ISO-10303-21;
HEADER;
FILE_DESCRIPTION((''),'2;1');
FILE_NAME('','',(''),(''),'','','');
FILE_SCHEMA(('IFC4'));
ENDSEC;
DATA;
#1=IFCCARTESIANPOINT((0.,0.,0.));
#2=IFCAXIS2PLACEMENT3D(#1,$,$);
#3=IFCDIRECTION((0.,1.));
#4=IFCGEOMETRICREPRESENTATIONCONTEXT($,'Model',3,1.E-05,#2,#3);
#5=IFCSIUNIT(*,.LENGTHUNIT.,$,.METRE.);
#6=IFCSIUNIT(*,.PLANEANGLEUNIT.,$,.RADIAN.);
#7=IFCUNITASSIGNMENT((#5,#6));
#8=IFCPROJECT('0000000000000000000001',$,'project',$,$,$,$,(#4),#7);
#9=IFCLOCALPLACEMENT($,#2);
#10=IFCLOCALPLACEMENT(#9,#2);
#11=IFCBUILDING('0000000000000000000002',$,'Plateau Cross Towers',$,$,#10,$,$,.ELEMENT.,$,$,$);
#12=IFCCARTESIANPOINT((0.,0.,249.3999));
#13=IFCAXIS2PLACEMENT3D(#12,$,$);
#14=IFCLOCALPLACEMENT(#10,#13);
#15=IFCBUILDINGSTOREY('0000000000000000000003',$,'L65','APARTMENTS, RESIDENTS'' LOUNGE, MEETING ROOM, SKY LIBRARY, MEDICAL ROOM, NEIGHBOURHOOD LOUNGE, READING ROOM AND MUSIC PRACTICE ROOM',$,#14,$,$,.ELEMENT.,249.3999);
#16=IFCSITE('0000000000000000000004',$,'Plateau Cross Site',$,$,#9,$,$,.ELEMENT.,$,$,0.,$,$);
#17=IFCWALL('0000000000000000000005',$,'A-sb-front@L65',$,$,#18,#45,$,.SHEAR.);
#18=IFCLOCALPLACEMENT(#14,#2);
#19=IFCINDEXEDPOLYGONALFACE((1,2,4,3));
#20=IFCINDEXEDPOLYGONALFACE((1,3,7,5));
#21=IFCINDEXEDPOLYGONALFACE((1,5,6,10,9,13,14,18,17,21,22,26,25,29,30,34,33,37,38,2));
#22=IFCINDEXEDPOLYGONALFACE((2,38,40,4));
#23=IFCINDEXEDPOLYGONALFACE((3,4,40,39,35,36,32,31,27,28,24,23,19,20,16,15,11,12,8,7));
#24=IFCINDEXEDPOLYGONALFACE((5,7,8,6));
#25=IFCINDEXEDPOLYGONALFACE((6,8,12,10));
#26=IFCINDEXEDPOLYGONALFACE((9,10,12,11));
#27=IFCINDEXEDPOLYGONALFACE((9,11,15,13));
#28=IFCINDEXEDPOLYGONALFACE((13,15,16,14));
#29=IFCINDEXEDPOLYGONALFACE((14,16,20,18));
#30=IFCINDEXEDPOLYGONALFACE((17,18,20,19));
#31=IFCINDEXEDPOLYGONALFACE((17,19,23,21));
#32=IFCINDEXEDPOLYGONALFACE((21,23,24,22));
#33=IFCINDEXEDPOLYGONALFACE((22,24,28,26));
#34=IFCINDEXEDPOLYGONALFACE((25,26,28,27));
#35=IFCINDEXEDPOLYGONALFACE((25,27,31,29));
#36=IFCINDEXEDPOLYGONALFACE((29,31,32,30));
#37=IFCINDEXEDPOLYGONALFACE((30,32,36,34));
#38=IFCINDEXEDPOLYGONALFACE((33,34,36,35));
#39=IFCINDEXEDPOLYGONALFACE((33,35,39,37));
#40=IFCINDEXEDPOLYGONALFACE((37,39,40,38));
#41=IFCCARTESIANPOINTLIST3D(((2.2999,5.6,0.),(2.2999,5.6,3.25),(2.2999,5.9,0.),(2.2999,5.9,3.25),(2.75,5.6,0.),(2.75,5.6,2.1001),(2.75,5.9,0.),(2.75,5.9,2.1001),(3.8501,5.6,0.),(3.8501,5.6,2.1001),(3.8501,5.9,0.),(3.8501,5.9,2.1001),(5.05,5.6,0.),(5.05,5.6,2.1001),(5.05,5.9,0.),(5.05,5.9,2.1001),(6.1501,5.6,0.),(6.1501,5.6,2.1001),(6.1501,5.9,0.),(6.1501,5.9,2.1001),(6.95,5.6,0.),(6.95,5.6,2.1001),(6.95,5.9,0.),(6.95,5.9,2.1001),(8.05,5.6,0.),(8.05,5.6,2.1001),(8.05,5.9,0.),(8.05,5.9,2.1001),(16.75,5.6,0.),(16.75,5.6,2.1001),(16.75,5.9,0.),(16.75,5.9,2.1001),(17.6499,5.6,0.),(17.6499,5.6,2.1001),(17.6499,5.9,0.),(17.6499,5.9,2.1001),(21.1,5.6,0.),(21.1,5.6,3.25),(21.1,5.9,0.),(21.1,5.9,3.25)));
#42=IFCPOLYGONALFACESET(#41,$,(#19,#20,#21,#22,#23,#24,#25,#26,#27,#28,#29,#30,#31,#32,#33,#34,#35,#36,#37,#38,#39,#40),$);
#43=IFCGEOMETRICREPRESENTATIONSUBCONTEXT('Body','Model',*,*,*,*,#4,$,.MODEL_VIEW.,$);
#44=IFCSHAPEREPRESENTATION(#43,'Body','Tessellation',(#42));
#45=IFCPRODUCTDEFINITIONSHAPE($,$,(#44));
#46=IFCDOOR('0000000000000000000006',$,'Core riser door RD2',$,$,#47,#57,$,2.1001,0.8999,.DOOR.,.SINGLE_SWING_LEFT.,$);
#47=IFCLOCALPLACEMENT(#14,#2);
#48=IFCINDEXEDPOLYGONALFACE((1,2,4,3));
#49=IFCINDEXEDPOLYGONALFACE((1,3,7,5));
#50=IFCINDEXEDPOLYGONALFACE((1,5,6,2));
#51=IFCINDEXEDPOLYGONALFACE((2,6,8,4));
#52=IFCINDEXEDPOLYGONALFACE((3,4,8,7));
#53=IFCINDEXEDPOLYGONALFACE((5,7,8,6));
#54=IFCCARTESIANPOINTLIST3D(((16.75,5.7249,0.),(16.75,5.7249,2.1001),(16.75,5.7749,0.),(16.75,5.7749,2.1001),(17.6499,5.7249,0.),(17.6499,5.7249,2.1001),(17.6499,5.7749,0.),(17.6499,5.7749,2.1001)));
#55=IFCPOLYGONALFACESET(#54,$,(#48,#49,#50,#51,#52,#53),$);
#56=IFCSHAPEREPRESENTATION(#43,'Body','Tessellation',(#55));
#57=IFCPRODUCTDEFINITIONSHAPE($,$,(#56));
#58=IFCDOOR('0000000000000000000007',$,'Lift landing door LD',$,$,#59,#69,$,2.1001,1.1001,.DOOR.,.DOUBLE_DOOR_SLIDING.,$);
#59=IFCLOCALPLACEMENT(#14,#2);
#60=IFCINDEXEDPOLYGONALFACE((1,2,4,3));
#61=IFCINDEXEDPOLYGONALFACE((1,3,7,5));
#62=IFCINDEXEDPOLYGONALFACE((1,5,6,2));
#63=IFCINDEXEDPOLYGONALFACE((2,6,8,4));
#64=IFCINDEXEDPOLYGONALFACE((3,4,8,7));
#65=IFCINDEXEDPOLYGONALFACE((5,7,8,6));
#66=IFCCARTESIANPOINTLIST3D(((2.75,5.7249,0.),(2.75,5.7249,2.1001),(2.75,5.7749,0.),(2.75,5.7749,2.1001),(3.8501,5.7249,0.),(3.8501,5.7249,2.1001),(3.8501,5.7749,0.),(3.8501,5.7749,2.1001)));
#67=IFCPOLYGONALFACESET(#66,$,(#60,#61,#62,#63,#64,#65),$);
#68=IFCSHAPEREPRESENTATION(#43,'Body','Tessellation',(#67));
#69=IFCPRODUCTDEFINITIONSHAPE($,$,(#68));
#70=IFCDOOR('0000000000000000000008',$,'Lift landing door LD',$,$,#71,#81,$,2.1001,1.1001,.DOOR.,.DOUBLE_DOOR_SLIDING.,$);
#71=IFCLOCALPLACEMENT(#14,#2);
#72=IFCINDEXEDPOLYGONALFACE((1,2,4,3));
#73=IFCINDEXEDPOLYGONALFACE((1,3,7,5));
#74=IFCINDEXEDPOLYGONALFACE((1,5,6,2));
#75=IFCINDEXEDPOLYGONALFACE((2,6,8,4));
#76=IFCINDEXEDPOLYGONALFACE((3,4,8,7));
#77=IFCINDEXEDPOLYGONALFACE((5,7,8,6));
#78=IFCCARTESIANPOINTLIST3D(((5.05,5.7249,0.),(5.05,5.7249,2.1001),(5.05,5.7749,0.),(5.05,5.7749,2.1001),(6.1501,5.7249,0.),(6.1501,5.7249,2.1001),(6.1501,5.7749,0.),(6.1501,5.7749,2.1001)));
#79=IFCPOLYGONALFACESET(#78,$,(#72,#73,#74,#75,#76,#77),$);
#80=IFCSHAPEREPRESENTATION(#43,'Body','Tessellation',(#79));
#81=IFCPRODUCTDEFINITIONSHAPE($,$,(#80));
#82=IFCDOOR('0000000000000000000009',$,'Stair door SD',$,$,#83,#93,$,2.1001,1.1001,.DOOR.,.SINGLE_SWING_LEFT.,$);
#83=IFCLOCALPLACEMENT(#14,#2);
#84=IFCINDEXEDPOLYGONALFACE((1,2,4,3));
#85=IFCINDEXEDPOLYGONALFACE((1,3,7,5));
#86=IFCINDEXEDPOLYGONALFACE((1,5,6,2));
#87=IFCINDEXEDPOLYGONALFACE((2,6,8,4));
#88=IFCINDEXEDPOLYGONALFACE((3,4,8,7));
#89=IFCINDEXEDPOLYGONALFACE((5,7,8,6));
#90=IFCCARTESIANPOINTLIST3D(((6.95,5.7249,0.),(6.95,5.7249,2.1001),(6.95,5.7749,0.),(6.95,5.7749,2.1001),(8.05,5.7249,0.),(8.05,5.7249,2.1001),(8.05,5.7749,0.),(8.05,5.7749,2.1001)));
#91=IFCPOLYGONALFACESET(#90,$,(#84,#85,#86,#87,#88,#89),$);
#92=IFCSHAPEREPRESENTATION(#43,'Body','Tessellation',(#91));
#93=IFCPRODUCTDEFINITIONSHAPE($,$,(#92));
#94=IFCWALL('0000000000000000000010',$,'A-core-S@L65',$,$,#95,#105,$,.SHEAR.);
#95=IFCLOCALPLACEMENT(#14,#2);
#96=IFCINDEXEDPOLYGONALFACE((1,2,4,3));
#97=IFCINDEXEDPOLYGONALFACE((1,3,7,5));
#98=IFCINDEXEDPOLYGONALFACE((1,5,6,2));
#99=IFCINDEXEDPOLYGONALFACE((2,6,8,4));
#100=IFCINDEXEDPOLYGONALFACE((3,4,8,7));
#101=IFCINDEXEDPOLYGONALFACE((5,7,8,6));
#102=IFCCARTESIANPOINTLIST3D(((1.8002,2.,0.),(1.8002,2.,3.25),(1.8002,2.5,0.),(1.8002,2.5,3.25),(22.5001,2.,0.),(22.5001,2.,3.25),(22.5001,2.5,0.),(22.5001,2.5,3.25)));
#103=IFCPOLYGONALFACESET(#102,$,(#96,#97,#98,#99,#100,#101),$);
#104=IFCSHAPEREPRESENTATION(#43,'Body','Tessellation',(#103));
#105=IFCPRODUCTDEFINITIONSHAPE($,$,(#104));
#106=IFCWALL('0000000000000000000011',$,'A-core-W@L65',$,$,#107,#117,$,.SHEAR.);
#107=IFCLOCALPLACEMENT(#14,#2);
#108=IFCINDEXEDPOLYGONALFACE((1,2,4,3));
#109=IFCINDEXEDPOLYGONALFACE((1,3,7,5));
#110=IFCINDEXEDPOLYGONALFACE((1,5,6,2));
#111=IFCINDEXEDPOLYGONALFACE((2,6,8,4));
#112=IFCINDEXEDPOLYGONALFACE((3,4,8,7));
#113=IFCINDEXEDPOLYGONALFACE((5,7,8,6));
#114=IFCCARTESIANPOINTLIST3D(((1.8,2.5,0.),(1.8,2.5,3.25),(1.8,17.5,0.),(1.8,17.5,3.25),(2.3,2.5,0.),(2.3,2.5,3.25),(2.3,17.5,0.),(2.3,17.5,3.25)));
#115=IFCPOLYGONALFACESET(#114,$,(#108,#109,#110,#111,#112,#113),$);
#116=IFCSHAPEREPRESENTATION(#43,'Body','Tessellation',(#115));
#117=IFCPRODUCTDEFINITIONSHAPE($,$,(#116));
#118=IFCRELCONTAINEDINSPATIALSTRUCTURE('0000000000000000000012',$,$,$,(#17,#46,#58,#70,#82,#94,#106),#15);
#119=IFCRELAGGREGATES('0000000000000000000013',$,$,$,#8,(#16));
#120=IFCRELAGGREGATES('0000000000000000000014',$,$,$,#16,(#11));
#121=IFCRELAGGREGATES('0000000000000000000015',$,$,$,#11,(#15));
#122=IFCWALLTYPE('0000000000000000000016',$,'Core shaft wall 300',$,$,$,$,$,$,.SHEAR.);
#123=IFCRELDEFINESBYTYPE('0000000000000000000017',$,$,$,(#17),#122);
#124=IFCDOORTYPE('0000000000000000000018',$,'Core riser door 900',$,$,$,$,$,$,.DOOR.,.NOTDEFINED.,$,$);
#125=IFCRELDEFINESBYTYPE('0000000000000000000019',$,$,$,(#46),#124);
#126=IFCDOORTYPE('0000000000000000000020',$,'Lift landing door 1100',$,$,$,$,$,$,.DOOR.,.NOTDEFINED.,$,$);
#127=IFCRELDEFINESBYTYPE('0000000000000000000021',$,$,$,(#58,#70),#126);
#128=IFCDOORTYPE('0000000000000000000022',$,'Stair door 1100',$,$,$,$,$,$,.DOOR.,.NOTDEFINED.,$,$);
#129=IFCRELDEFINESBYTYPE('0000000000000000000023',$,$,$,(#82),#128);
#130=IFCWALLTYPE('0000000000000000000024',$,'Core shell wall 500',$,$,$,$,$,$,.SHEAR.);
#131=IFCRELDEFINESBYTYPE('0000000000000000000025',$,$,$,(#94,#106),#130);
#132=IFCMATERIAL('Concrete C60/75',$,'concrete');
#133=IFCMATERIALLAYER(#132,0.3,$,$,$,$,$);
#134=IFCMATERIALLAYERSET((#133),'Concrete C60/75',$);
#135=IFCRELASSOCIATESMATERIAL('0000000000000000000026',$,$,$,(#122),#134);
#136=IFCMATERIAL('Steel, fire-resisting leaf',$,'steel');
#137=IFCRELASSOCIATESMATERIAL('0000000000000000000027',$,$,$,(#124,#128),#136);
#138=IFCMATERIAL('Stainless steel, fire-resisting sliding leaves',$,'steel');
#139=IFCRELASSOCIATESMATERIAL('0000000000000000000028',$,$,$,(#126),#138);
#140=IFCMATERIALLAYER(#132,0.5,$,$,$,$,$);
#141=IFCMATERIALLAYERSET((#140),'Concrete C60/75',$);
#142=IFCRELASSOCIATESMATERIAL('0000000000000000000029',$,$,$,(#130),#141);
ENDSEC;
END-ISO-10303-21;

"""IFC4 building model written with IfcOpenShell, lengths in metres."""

from ifc_helpers import new_model, si_unit, direction, frame, frame_2d, origin, place, context, subcontext, project, spatial, rectangle, extrude, material, layer, layer_set, type_object, element, fill, save


model = new_model("IFC4")

# Units and contexts
model_context = context("Model", 3, precision=1e-05, world=origin(), true_north=direction((0.0, 1.0)))
body_context = subcontext(model_context, "Body", "Model", "MODEL_VIEW")
ifc_project = project(units=[si_unit("LENGTHUNIT", "METRE"), si_unit("PLANEANGLEUNIT", "RADIAN")], contexts=[model_context])

# Site, building, storey
site_placement = place(None, origin())
site = spatial("IfcSite", under=ifc_project, at=site_placement, Name="Plateau Cross Site", CompositionType="ELEMENT", RefElevation=0.0)
building_placement = place(site_placement, origin())
building = spatial("IfcBuilding", under=site, at=building_placement, Name="Plateau Cross Towers", CompositionType="ELEMENT")
storey_placement = place(building_placement, frame((0.0, 0.0, 249.3999)))
storey = spatial("IfcBuildingStorey", under=building, at=storey_placement, Name="L65", Description="APARTMENTS, RESIDENTS' LOUNGE, MEETING ROOM, SKY LIBRARY, MEDICAL ROOM, NEIGHBOURHOOD LOUNGE, READING ROOM AND MUSIC PRACTICE ROOM", CompositionType="ELEMENT", Elevation=249.3999)

# Shared definitions
ifc_material_1 = material(Name="Concrete C60/75", Category="concrete")

# Shared definitions
ifc_layer_1 = layer(ifc_material_1, 0.3)
ifc_layer_set_1 = layer_set([ifc_layer_1], Name="Concrete C60/75")
wall_type_1 = type_object("IfcWallType", Name="Core shaft wall 300", PredefinedType="SHEAR", material=ifc_layer_set_1)

# Wall, openings, doors
wall_1_placement = place(storey_placement, frame((2.3, 5.75, 0.0), z_axis=(0.0, 0.0, 1.0), x_axis=(1.0, 0.0, 0.0)))
wall_1 = element("IfcWall", 1, at=wall_1_placement, inside=storey, type_object=wall_type_1, Name="A-sb-front@L65", PredefinedType="SHEAR", context=body_context, shape_type="SweptSolid", body=[
    extrude(rectangle(XDim=18.8, YDim=0.3, at=frame_2d((9.3999, 0.0))), origin(), (0.0, 0.0, 1.0), 3.25),
])
opening_1_placement = place(wall_1_placement, frame((4.6499, 0.0, 0.0)))
opening_1 = element("IfcOpeningElement", 2, at=opening_1_placement, cuts=wall_1, PredefinedType="OPENING", context=body_context, shape_type="SweptSolid", body=[
    extrude(rectangle(XDim=1.1001, YDim=2.1001, at=frame_2d((0.55, 1.05))), frame((0.0, 0.1599, 0.0), z_axis=(0.0, -1.0, 0.0), x_axis=(1.0, 0.0, 0.0)), (0.0, 0.0, 1.0), 0.3201),
])
opening_2_placement = place(wall_1_placement, frame((0.45, 0.0, 0.0)))
opening_2 = element("IfcOpeningElement", 3, at=opening_2_placement, cuts=wall_1, PredefinedType="OPENING", context=body_context, shape_type="SweptSolid", body=[
    extrude(rectangle(XDim=1.1001, YDim=2.1001, at=frame_2d((0.55, 1.05))), frame((0.0, 0.1599, 0.0), z_axis=(0.0, -1.0, 0.0), x_axis=(1.0, 0.0, 0.0)), (0.0, 0.0, 1.0), 0.3201),
])
opening_3_placement = place(wall_1_placement, frame((2.75, 0.0, 0.0)))
opening_3 = element("IfcOpeningElement", 4, at=opening_3_placement, cuts=wall_1, PredefinedType="OPENING", context=body_context, shape_type="SweptSolid", body=[
    extrude(rectangle(XDim=1.1001, YDim=2.1001, at=frame_2d((0.55, 1.05))), frame((0.0, 0.1599, 0.0), z_axis=(0.0, -1.0, 0.0), x_axis=(1.0, 0.0, 0.0)), (0.0, 0.0, 1.0), 0.3201),
])
opening_4_placement = place(wall_1_placement, frame((14.45, 0.0, 0.0)))
opening_4 = element("IfcOpeningElement", 5, at=opening_4_placement, cuts=wall_1, PredefinedType="OPENING", context=body_context, shape_type="SweptSolid", body=[
    extrude(rectangle(XDim=0.8999, YDim=2.1001, at=frame_2d((0.45, 1.05))), frame((0.0, 0.1599, 0.0), z_axis=(0.0, -1.0, 0.0), x_axis=(1.0, 0.0, 0.0)), (0.0, 0.0, 1.0), 0.3201),
])
ifc_material_2 = material(Name="Steel, fire-resisting leaf", Category="steel")
door_type_1 = type_object("IfcDoorType", Name="Core riser door 900", OperationType="NOTDEFINED", PredefinedType="DOOR", material=ifc_material_2)
door_1_placement = place(opening_4_placement, origin())
door_1 = element("IfcDoor", 6, at=door_1_placement, inside=storey, type_object=door_type_1, Name="Core riser door RD2", OperationType="SINGLE_SWING_LEFT", OverallHeight=2.1001, OverallWidth=0.8999, PredefinedType="DOOR", context=body_context, shape_type="SweptSolid", body=[
    extrude(rectangle(XDim=0.8999, YDim=2.1001, at=frame_2d((0.45, 1.05))), frame((0.0, 0.0249, 0.0), z_axis=(0.0, -1.0, 0.0), x_axis=(1.0, 0.0, 0.0)), (0.0, 0.0, 1.0), 0.05),
])
fill(opening_4, door_1)
ifc_material_3 = material(Name="Stainless steel, fire-resisting sliding leaves", Category="steel")
door_type_2 = type_object("IfcDoorType", Name="Lift landing door 1100", OperationType="NOTDEFINED", PredefinedType="DOOR", material=ifc_material_3)
door_2_placement = place(opening_2_placement, origin())
door_2 = element("IfcDoor", 7, at=door_2_placement, inside=storey, type_object=door_type_2, Name="Lift landing door LD", OperationType="DOUBLE_DOOR_SLIDING", OverallHeight=2.1001, OverallWidth=1.1001, PredefinedType="DOOR", context=body_context, shape_type="SweptSolid", body=[
    extrude(rectangle(XDim=1.1001, YDim=2.1001, at=frame_2d((0.55, 1.05))), frame((0.0, 0.0249, 0.0), z_axis=(0.0, -1.0, 0.0), x_axis=(1.0, 0.0, 0.0)), (0.0, 0.0, 1.0), 0.05),
])
fill(opening_2, door_2)
door_3_placement = place(opening_3_placement, origin())
door_3 = element("IfcDoor", 8, at=door_3_placement, inside=storey, type_object=door_type_2, Name="Lift landing door LD", OperationType="DOUBLE_DOOR_SLIDING", OverallHeight=2.1001, OverallWidth=1.1001, PredefinedType="DOOR", context=body_context, shape_type="SweptSolid", body=[
    extrude(rectangle(XDim=1.1001, YDim=2.1001, at=frame_2d((0.55, 1.05))), frame((0.0, 0.0249, 0.0), z_axis=(0.0, -1.0, 0.0), x_axis=(1.0, 0.0, 0.0)), (0.0, 0.0, 1.0), 0.05),
])
fill(opening_3, door_3)
door_type_3 = type_object("IfcDoorType", Name="Stair door 1100", OperationType="NOTDEFINED", PredefinedType="DOOR", material=ifc_material_2)
door_4_placement = place(opening_1_placement, origin())
door_4 = element("IfcDoor", 9, at=door_4_placement, inside=storey, type_object=door_type_3, Name="Stair door SD", OperationType="SINGLE_SWING_LEFT", OverallHeight=2.1001, OverallWidth=1.1001, PredefinedType="DOOR", context=body_context, shape_type="SweptSolid", body=[
    extrude(rectangle(XDim=1.1001, YDim=2.1001, at=frame_2d((0.55, 1.05))), frame((0.0, 0.0249, 0.0), z_axis=(0.0, -1.0, 0.0), x_axis=(1.0, 0.0, 0.0)), (0.0, 0.0, 1.0), 0.05),
])
fill(opening_1, door_4)

# Walls
ifc_layer_2 = layer(ifc_material_1, 0.5)
ifc_layer_set_2 = layer_set([ifc_layer_2], Name="Concrete C60/75")
wall_type_2 = type_object("IfcWallType", Name="Core shell wall 500", PredefinedType="SHEAR", material=ifc_layer_set_2)
wall_2_placement = place(storey_placement, frame((1.8, 2.25, 0.0), z_axis=(0.0, 0.0, 1.0), x_axis=(1.0, 0.0, 0.0)))
element("IfcWall", 10, at=wall_2_placement, inside=storey, type_object=wall_type_2, Name="A-core-S@L65", PredefinedType="SHEAR", context=body_context, shape_type="SweptSolid", body=[
    extrude(rectangle(XDim=20.7, YDim=0.5, at=frame_2d((10.3501, 0.0))), origin(), (0.0, 0.0, 1.0), 3.25),
])
wall_3_placement = place(storey_placement, frame((2.05, 2.5, 0.0), z_axis=(0.0, 0.0, 1.0), x_axis=(0.0, 1.0, 0.0)))
element("IfcWall", 11, at=wall_3_placement, inside=storey, type_object=wall_type_2, Name="A-core-W@L65", PredefinedType="SHEAR", context=body_context, shape_type="SweptSolid", body=[
    extrude(rectangle(XDim=15.0, YDim=0.5, at=frame_2d((7.5, 0.0))), origin(), (0.0, 0.0, 1.0), 3.25),
])

save(model, "model.ifc")
